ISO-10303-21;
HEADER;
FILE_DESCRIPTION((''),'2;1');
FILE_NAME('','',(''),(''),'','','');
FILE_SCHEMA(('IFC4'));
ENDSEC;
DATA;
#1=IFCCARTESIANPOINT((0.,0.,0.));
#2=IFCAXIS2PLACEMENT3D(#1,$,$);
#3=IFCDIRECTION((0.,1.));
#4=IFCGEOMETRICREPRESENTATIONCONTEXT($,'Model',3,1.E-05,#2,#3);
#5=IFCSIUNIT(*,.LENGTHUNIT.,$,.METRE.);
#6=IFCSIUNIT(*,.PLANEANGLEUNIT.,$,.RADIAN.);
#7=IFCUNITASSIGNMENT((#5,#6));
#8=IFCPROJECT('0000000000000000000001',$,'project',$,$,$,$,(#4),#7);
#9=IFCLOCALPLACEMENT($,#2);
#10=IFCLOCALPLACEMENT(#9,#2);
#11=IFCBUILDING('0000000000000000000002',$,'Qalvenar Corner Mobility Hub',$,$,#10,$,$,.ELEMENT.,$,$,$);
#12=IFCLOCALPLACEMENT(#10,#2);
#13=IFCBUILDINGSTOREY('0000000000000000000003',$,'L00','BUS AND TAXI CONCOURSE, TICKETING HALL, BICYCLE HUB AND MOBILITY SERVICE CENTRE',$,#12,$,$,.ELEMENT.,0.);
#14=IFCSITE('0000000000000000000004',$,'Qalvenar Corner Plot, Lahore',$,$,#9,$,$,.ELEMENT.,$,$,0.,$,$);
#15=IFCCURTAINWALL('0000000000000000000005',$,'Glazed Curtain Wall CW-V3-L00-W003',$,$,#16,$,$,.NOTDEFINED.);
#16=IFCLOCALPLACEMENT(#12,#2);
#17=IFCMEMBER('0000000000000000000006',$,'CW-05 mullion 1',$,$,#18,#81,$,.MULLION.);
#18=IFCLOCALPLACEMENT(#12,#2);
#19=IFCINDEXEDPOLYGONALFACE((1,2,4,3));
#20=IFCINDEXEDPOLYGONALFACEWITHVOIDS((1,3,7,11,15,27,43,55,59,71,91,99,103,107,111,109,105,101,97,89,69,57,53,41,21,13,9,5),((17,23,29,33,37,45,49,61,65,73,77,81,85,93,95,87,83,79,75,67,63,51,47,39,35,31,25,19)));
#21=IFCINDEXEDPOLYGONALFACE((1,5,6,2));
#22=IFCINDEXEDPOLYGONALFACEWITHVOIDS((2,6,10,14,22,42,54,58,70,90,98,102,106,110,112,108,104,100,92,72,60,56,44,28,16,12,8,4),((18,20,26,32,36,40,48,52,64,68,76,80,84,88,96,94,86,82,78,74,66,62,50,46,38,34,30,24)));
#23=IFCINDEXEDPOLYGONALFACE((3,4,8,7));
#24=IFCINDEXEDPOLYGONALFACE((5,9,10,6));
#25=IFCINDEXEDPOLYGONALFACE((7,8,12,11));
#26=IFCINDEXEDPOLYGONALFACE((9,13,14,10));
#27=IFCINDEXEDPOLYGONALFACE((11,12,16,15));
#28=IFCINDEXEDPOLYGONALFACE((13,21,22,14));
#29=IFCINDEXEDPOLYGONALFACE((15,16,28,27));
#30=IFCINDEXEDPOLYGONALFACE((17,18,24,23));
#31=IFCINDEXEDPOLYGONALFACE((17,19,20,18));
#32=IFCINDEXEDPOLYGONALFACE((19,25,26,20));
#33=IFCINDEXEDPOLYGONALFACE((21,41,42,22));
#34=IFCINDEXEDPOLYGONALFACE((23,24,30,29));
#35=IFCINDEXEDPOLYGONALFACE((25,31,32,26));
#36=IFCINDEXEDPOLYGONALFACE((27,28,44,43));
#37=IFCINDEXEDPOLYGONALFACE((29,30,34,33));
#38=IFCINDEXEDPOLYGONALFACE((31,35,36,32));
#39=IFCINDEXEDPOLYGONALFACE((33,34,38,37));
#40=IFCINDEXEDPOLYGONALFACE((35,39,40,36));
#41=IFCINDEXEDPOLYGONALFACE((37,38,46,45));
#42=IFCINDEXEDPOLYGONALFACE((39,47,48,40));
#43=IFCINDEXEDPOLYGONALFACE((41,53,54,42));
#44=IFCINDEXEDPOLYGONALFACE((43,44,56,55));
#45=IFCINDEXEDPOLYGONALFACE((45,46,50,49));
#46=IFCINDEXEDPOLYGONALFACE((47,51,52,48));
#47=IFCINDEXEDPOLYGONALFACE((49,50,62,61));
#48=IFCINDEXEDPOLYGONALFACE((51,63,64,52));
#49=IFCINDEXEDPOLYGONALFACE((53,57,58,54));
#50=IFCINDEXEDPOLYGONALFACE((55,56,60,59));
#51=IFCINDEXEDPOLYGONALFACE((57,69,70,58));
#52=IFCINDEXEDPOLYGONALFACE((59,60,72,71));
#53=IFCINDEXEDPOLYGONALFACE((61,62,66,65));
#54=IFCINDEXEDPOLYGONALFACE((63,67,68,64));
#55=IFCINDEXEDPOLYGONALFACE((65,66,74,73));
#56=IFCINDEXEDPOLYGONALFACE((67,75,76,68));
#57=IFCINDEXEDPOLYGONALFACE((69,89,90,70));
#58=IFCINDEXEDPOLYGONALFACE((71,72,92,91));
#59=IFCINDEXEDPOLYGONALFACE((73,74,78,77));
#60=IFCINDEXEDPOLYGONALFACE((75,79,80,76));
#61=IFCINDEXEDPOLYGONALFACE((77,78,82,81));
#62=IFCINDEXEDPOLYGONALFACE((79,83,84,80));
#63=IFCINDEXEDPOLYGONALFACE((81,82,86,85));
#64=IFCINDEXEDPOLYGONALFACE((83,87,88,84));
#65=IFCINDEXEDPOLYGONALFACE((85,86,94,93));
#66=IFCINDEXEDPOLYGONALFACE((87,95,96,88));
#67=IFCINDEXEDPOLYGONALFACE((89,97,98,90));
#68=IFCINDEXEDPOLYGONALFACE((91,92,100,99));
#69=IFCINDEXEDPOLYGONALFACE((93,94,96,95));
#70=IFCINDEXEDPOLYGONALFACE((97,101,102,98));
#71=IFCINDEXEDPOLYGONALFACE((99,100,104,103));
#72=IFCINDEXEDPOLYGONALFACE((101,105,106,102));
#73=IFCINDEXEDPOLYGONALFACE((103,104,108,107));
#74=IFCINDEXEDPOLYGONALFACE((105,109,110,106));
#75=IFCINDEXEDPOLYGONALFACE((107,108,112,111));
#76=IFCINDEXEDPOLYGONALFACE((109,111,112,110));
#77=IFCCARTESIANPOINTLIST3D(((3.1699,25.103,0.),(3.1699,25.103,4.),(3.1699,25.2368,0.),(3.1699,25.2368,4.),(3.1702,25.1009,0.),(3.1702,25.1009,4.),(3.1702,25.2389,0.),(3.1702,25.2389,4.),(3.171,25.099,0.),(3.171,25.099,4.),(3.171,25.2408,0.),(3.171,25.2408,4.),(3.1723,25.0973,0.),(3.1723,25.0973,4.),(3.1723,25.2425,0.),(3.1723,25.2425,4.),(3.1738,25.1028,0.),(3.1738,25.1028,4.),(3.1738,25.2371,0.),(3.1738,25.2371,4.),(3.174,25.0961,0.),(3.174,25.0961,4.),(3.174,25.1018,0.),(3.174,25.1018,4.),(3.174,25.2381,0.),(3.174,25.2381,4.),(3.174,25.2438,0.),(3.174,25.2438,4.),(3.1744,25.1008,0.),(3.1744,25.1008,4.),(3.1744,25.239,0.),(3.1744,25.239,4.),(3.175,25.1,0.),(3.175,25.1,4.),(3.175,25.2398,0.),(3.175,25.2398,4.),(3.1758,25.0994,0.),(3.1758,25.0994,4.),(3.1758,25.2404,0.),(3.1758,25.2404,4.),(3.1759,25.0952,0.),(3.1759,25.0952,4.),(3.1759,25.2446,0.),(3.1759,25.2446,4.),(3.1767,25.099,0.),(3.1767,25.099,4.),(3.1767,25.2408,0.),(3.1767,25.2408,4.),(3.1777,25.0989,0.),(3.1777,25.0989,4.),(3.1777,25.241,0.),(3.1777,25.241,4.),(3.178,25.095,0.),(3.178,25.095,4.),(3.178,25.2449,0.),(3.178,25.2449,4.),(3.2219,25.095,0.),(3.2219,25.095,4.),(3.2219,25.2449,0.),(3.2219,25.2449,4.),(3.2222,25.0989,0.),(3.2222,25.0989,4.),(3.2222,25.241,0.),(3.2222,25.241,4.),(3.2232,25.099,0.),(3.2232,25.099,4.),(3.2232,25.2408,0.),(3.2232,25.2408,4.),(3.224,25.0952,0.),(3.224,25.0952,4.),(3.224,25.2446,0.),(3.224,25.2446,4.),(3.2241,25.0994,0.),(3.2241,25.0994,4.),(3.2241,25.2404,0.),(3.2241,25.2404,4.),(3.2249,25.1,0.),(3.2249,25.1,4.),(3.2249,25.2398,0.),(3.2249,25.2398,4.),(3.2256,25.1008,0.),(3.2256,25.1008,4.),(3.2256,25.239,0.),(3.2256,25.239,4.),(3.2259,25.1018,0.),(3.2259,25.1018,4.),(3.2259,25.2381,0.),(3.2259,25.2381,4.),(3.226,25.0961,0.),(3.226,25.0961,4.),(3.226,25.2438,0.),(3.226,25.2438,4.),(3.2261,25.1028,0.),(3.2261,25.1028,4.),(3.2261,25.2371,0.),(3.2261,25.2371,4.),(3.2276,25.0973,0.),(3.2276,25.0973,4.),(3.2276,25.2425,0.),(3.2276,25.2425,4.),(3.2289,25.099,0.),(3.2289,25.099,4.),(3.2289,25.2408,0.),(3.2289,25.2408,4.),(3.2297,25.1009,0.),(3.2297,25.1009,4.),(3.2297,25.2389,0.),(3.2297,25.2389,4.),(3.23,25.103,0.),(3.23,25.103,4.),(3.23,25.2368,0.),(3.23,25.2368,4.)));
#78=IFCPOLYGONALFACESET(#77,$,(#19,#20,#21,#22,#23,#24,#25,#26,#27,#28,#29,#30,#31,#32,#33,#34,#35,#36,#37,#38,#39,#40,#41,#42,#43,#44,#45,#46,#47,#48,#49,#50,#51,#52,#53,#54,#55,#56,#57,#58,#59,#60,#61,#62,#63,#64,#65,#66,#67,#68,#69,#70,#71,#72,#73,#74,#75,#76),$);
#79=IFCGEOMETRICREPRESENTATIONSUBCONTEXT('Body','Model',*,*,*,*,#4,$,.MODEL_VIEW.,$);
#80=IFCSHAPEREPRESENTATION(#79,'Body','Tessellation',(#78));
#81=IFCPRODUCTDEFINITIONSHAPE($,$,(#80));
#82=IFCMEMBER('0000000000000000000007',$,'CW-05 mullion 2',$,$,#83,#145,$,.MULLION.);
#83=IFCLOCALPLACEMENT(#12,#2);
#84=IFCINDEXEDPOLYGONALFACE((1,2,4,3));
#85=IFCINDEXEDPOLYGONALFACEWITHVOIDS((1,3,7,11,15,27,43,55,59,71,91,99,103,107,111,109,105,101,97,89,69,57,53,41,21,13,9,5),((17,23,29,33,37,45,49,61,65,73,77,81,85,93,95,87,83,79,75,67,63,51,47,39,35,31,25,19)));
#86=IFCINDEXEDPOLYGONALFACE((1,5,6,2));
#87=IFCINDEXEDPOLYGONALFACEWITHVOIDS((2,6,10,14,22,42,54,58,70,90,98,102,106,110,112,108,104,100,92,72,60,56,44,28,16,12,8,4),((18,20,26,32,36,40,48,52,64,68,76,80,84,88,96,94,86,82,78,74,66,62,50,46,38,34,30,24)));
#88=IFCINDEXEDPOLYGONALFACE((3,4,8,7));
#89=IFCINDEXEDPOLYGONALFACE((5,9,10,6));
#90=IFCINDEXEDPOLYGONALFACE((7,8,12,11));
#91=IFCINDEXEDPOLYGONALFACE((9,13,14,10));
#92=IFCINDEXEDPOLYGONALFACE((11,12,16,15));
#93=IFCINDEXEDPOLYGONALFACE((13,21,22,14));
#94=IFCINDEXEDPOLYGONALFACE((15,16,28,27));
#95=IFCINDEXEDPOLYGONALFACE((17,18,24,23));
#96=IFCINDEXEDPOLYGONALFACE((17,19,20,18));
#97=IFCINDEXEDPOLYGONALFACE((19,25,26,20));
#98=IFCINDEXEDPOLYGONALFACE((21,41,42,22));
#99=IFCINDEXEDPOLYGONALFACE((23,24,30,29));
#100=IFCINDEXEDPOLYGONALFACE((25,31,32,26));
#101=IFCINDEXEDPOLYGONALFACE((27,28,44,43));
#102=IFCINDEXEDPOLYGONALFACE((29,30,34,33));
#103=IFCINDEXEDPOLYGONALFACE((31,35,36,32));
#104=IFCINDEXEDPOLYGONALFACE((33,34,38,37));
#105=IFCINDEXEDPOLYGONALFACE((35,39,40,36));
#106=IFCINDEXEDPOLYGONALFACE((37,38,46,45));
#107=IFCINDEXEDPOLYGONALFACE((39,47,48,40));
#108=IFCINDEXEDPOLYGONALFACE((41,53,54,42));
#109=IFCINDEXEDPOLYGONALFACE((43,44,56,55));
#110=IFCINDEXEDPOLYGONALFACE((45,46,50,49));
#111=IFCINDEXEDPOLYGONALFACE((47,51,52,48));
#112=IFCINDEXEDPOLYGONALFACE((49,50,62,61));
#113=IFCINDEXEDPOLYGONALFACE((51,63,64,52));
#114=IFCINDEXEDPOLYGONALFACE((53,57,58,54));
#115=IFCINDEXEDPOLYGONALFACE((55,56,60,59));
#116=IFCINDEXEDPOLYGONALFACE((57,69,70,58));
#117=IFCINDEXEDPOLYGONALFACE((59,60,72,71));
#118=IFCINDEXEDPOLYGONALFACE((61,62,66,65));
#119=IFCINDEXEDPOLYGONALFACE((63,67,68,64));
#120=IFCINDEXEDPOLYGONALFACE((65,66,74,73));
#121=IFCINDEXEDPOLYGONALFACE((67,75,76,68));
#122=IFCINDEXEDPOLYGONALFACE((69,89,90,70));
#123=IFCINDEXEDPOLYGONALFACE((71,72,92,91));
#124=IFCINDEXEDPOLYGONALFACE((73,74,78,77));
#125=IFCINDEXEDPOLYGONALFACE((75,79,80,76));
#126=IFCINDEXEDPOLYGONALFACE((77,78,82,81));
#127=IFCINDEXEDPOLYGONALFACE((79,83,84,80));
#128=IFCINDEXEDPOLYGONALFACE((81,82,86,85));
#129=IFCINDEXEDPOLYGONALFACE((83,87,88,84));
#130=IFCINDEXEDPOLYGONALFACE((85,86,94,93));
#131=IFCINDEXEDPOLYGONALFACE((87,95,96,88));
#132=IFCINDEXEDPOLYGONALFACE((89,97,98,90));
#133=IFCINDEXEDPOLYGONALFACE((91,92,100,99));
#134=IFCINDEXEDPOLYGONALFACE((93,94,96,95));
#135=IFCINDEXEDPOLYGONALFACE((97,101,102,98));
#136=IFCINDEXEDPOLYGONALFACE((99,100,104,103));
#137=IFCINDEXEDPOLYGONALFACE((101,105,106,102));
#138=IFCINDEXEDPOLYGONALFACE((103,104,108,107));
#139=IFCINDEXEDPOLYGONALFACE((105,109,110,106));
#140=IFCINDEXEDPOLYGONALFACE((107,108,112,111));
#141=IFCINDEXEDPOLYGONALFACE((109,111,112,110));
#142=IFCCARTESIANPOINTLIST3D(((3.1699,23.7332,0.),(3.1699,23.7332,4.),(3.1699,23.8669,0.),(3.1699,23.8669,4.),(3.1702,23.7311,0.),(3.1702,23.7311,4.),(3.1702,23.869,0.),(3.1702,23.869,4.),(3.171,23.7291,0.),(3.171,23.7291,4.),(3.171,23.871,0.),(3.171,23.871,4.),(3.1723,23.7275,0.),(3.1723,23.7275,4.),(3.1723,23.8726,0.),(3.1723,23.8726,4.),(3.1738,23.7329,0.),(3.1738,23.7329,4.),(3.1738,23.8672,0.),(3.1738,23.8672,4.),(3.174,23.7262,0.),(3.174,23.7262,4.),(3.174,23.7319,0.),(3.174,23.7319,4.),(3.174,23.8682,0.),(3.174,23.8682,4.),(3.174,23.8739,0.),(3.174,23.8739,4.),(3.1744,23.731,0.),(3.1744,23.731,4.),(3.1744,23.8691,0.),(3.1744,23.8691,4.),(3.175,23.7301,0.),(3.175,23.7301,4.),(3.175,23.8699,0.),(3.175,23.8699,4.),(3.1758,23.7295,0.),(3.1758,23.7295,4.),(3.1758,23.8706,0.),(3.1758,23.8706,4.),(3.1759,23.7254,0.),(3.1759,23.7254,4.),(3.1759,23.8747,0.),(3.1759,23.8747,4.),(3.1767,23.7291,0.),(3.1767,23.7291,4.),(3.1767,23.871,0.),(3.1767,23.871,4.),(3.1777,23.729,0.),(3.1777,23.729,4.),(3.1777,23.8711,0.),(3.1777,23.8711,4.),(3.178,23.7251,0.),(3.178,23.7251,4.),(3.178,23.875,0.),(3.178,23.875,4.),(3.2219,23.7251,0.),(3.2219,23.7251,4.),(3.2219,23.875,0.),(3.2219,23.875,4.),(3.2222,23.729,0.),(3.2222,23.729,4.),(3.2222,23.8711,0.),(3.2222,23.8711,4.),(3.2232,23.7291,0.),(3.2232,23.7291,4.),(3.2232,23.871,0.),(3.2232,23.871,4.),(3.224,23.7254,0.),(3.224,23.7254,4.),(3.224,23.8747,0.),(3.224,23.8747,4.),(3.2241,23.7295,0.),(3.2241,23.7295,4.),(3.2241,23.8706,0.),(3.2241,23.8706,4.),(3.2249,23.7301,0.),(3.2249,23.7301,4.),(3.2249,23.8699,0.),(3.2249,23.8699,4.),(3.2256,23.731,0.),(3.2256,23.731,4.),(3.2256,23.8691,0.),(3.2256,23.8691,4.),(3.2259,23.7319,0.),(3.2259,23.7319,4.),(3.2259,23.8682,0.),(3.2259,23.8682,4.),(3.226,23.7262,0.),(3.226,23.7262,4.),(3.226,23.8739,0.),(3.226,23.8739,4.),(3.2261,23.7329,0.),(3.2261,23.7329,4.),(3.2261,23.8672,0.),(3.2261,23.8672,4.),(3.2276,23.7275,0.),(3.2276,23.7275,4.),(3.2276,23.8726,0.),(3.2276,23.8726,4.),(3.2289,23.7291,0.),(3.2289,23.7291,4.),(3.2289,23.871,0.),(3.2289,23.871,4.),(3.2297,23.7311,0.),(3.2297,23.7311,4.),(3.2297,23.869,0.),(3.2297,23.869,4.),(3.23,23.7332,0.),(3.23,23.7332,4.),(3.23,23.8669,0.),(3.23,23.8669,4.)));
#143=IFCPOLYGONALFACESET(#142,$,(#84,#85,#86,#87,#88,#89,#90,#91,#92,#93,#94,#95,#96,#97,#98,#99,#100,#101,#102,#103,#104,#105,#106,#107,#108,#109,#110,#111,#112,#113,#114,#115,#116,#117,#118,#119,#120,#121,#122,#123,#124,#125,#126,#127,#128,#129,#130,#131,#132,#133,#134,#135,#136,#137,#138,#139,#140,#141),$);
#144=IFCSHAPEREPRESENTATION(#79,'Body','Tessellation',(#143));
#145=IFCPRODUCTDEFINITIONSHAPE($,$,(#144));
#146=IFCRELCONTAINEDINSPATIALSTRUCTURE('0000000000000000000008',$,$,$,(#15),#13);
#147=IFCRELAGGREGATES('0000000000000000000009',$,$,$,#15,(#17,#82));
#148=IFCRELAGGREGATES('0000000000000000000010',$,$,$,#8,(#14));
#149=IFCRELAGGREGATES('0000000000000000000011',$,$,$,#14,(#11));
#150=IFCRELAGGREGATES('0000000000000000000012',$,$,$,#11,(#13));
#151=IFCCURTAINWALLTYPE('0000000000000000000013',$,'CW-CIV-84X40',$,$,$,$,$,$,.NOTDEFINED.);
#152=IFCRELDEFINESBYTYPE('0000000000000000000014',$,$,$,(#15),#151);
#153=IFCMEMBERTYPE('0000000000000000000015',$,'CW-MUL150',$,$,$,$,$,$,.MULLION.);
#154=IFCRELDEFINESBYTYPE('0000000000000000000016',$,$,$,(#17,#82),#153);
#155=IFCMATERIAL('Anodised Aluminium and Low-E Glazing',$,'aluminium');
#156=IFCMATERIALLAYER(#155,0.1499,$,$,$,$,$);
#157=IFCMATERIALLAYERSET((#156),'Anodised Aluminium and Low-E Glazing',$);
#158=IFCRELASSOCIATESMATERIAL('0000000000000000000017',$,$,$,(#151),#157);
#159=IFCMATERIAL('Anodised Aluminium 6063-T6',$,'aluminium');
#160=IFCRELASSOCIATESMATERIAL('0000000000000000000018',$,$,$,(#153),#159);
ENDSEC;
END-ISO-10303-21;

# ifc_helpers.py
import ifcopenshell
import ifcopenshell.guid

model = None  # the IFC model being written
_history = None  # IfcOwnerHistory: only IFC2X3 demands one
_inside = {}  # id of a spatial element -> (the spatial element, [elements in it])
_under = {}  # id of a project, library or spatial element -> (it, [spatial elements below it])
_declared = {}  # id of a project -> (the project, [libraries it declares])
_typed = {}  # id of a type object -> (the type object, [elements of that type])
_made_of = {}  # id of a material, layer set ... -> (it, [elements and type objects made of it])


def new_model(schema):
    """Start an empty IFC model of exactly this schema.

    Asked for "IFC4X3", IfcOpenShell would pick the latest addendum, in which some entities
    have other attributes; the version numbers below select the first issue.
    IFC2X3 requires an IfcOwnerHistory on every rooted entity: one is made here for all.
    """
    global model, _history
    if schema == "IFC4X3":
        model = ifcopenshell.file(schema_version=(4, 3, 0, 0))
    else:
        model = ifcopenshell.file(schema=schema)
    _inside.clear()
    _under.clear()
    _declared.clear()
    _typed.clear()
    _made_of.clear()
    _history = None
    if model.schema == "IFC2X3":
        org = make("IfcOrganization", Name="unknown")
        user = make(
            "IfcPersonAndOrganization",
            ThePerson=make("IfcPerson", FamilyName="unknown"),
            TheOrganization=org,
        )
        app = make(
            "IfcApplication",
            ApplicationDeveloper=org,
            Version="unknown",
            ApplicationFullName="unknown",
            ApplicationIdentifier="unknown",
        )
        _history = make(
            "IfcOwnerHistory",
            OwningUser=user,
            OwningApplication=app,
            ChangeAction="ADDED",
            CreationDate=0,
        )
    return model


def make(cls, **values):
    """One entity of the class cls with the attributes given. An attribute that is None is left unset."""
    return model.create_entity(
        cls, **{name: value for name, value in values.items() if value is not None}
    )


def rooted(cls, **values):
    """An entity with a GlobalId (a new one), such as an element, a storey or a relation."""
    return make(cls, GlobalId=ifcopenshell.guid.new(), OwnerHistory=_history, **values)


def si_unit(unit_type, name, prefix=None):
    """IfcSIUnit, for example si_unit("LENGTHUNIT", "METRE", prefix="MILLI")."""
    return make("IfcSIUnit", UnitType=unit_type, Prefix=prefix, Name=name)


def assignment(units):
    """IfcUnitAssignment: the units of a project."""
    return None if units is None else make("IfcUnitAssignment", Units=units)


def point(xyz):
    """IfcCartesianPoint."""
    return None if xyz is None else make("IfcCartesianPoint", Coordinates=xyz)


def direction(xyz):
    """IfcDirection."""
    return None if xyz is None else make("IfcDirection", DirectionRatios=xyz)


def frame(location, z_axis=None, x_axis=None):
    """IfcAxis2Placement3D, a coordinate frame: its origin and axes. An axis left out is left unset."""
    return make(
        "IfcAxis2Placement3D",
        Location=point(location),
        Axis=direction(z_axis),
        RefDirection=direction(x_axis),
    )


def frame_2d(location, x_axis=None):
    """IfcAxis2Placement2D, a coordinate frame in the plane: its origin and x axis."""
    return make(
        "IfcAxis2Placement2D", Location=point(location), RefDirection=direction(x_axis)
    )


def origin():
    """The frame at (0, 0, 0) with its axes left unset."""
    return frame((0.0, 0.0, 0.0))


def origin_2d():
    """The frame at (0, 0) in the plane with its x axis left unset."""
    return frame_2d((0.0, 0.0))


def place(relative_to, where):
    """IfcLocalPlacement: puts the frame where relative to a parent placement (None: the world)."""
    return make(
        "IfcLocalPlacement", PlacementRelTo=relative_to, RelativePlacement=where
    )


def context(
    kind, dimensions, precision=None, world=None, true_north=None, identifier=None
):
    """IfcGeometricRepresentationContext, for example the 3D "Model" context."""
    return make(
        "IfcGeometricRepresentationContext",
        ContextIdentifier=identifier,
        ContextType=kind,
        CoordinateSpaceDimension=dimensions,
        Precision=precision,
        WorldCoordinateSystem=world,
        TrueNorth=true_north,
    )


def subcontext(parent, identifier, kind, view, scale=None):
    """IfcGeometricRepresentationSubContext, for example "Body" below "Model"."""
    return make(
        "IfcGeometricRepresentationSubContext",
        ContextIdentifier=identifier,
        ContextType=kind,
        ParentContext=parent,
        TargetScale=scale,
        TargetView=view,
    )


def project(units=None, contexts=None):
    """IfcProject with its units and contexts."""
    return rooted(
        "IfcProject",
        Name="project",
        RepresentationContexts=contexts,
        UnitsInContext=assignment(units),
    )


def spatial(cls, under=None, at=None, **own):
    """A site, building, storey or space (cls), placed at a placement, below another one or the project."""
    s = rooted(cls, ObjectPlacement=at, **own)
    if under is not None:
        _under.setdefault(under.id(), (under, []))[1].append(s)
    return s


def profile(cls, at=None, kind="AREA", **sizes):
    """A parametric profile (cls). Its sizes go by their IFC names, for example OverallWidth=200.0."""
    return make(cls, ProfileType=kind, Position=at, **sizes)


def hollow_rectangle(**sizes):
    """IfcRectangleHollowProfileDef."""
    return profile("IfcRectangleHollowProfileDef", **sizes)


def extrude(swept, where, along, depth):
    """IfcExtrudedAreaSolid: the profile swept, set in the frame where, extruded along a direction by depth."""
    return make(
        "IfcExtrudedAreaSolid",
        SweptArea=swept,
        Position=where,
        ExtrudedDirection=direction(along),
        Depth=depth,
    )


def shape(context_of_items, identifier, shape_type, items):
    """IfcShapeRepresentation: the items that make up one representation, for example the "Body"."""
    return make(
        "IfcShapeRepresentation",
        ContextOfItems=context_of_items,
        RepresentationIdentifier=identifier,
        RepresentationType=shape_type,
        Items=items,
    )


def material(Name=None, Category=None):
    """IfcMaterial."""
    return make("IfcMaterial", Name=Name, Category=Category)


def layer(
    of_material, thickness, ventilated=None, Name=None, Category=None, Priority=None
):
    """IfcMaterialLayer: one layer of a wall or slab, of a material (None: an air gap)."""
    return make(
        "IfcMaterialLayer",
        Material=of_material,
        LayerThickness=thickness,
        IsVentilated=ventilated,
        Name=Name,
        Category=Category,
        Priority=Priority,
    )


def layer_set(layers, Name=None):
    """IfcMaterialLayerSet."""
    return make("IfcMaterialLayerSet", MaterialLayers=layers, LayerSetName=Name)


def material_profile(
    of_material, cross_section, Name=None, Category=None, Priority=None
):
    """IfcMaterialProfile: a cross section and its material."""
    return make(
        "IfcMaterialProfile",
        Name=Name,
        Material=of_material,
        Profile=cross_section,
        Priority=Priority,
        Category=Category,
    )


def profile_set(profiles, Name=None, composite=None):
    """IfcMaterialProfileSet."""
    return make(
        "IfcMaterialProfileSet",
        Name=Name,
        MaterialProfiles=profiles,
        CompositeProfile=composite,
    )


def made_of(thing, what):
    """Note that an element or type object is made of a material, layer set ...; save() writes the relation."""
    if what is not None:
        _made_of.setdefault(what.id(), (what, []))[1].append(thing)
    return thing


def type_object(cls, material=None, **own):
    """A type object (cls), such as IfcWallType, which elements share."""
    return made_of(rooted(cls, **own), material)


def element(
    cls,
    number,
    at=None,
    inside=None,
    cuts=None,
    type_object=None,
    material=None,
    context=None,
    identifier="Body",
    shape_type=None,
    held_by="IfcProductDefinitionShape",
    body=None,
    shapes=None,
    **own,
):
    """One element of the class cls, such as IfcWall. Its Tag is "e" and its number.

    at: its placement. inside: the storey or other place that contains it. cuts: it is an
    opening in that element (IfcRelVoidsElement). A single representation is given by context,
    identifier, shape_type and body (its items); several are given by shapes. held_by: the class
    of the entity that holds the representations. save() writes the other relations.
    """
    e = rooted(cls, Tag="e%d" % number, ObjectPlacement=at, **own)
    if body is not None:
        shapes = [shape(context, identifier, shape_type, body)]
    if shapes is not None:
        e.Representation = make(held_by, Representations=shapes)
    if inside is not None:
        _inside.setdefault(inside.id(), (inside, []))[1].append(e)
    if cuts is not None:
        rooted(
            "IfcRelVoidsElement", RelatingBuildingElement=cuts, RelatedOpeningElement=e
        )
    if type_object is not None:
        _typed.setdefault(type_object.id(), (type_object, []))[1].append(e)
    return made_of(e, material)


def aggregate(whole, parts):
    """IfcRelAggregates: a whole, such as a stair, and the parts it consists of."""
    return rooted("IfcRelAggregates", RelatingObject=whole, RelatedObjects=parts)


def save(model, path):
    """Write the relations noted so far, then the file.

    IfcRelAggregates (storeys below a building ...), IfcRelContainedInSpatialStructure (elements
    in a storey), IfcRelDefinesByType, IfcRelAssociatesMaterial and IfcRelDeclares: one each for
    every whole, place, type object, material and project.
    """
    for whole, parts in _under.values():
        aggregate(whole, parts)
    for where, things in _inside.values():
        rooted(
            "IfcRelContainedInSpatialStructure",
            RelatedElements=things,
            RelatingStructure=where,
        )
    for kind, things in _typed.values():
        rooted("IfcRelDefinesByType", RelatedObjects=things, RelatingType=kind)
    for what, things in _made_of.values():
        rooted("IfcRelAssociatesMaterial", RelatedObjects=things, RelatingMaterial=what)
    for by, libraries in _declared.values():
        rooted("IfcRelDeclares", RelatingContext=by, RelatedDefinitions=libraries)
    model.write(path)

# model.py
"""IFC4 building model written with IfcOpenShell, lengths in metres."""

from ifc_helpers import new_model, si_unit, direction, frame, origin, origin_2d, place, context, subcontext, project, spatial, hollow_rectangle, extrude, material, layer, layer_set, material_profile, profile_set, type_object, element, aggregate, save


model = new_model("IFC4")

# Units and contexts
model_context = context("Model", 3, precision=1e-05, world=origin(), true_north=direction((0.0, 1.0)))
body_context = subcontext(model_context, "Body", "Model", "MODEL_VIEW")
ifc_project = project(units=[si_unit("LENGTHUNIT", "METRE"), si_unit("PLANEANGLEUNIT", "RADIAN")], contexts=[model_context])

# Site, building, storey
site_placement = place(None, origin())
site = spatial("IfcSite", under=ifc_project, at=site_placement, Name="Qalvenar Corner Plot, Lahore", CompositionType="ELEMENT", RefElevation=0.0)
building_placement = place(site_placement, origin())
building = spatial("IfcBuilding", under=site, at=building_placement, Name="Qalvenar Corner Mobility Hub", CompositionType="ELEMENT")
storey_placement = place(building_placement, origin())
storey = spatial("IfcBuildingStorey", under=building, at=storey_placement, Name="L00", Description="BUS AND TAXI CONCOURSE, TICKETING HALL, BICYCLE HUB AND MOBILITY SERVICE CENTRE", CompositionType="ELEMENT", Elevation=0.0)

# Curtain wall, members
ifc_material_1 = material(Name="Anodised Aluminium and Low-E Glazing", Category="aluminium")
ifc_layer_1 = layer(ifc_material_1, 0.1499)
ifc_layer_set_1 = layer_set([ifc_layer_1], Name="Anodised Aluminium and Low-E Glazing")
curtain_wall_type = type_object("IfcCurtainWallType", Name="CW-CIV-84X40", PredefinedType="NOTDEFINED", material=ifc_layer_set_1)
curtain_wall_1_placement = place(storey_placement, origin())
curtain_wall_1 = element("IfcCurtainWall", 1, at=curtain_wall_1_placement, inside=storey, type_object=curtain_wall_type, Name="Glazed Curtain Wall CW-V3-L00-W003", PredefinedType="NOTDEFINED")
ifc_material_2 = material(Name="Anodised Aluminium 6063-T6", Category="aluminium")
ifc_material_profile_1 = material_profile(ifc_material_2, hollow_rectangle(XDim=0.0601, YDim=0.1499, WallThickness=0.0039, InnerFilletRadius=0.0039, OuterFilletRadius=0.0081, at=origin_2d()), Name="RHS150x60x4")
ifc_profile_set_1 = profile_set([ifc_material_profile_1], Name="Anodised Aluminium 6063-T6")
member_type_1 = type_object("IfcMemberType", Name="CW-MUL150", PredefinedType="MULLION", material=ifc_profile_set_1)
member_1_placement = place(storey_placement, frame((3.2, 25.1699, 0.0), z_axis=(0.0, 0.0, 1.0), x_axis=(1.0, 0.0, 0.0)))
member_1 = element("IfcMember", 2, at=member_1_placement, type_object=member_type_1, Name="CW-05 mullion 1", PredefinedType="MULLION", context=body_context, shape_type="SweptSolid", body=[
    extrude(hollow_rectangle(XDim=0.0601, YDim=0.1499, WallThickness=0.0039, InnerFilletRadius=0.0039, OuterFilletRadius=0.0081, at=origin_2d()), origin(), (0.0, 0.0, 1.0), 4.0),
])
member_2_placement = place(storey_placement, frame((3.2, 23.8, 0.0), z_axis=(0.0, 0.0, 1.0), x_axis=(1.0, 0.0, 0.0)))
member_2 = element("IfcMember", 3, at=member_2_placement, type_object=member_type_1, Name="CW-05 mullion 2", PredefinedType="MULLION", context=body_context, shape_type="SweptSolid", body=[
    extrude(hollow_rectangle(XDim=0.0601, YDim=0.1499, WallThickness=0.0039, InnerFilletRadius=0.0039, OuterFilletRadius=0.0081, at=origin_2d()), origin(), (0.0, 0.0, 1.0), 4.0),
])

aggregate(curtain_wall_1, [member_1, member_2])

save(model, "model.ifc")
